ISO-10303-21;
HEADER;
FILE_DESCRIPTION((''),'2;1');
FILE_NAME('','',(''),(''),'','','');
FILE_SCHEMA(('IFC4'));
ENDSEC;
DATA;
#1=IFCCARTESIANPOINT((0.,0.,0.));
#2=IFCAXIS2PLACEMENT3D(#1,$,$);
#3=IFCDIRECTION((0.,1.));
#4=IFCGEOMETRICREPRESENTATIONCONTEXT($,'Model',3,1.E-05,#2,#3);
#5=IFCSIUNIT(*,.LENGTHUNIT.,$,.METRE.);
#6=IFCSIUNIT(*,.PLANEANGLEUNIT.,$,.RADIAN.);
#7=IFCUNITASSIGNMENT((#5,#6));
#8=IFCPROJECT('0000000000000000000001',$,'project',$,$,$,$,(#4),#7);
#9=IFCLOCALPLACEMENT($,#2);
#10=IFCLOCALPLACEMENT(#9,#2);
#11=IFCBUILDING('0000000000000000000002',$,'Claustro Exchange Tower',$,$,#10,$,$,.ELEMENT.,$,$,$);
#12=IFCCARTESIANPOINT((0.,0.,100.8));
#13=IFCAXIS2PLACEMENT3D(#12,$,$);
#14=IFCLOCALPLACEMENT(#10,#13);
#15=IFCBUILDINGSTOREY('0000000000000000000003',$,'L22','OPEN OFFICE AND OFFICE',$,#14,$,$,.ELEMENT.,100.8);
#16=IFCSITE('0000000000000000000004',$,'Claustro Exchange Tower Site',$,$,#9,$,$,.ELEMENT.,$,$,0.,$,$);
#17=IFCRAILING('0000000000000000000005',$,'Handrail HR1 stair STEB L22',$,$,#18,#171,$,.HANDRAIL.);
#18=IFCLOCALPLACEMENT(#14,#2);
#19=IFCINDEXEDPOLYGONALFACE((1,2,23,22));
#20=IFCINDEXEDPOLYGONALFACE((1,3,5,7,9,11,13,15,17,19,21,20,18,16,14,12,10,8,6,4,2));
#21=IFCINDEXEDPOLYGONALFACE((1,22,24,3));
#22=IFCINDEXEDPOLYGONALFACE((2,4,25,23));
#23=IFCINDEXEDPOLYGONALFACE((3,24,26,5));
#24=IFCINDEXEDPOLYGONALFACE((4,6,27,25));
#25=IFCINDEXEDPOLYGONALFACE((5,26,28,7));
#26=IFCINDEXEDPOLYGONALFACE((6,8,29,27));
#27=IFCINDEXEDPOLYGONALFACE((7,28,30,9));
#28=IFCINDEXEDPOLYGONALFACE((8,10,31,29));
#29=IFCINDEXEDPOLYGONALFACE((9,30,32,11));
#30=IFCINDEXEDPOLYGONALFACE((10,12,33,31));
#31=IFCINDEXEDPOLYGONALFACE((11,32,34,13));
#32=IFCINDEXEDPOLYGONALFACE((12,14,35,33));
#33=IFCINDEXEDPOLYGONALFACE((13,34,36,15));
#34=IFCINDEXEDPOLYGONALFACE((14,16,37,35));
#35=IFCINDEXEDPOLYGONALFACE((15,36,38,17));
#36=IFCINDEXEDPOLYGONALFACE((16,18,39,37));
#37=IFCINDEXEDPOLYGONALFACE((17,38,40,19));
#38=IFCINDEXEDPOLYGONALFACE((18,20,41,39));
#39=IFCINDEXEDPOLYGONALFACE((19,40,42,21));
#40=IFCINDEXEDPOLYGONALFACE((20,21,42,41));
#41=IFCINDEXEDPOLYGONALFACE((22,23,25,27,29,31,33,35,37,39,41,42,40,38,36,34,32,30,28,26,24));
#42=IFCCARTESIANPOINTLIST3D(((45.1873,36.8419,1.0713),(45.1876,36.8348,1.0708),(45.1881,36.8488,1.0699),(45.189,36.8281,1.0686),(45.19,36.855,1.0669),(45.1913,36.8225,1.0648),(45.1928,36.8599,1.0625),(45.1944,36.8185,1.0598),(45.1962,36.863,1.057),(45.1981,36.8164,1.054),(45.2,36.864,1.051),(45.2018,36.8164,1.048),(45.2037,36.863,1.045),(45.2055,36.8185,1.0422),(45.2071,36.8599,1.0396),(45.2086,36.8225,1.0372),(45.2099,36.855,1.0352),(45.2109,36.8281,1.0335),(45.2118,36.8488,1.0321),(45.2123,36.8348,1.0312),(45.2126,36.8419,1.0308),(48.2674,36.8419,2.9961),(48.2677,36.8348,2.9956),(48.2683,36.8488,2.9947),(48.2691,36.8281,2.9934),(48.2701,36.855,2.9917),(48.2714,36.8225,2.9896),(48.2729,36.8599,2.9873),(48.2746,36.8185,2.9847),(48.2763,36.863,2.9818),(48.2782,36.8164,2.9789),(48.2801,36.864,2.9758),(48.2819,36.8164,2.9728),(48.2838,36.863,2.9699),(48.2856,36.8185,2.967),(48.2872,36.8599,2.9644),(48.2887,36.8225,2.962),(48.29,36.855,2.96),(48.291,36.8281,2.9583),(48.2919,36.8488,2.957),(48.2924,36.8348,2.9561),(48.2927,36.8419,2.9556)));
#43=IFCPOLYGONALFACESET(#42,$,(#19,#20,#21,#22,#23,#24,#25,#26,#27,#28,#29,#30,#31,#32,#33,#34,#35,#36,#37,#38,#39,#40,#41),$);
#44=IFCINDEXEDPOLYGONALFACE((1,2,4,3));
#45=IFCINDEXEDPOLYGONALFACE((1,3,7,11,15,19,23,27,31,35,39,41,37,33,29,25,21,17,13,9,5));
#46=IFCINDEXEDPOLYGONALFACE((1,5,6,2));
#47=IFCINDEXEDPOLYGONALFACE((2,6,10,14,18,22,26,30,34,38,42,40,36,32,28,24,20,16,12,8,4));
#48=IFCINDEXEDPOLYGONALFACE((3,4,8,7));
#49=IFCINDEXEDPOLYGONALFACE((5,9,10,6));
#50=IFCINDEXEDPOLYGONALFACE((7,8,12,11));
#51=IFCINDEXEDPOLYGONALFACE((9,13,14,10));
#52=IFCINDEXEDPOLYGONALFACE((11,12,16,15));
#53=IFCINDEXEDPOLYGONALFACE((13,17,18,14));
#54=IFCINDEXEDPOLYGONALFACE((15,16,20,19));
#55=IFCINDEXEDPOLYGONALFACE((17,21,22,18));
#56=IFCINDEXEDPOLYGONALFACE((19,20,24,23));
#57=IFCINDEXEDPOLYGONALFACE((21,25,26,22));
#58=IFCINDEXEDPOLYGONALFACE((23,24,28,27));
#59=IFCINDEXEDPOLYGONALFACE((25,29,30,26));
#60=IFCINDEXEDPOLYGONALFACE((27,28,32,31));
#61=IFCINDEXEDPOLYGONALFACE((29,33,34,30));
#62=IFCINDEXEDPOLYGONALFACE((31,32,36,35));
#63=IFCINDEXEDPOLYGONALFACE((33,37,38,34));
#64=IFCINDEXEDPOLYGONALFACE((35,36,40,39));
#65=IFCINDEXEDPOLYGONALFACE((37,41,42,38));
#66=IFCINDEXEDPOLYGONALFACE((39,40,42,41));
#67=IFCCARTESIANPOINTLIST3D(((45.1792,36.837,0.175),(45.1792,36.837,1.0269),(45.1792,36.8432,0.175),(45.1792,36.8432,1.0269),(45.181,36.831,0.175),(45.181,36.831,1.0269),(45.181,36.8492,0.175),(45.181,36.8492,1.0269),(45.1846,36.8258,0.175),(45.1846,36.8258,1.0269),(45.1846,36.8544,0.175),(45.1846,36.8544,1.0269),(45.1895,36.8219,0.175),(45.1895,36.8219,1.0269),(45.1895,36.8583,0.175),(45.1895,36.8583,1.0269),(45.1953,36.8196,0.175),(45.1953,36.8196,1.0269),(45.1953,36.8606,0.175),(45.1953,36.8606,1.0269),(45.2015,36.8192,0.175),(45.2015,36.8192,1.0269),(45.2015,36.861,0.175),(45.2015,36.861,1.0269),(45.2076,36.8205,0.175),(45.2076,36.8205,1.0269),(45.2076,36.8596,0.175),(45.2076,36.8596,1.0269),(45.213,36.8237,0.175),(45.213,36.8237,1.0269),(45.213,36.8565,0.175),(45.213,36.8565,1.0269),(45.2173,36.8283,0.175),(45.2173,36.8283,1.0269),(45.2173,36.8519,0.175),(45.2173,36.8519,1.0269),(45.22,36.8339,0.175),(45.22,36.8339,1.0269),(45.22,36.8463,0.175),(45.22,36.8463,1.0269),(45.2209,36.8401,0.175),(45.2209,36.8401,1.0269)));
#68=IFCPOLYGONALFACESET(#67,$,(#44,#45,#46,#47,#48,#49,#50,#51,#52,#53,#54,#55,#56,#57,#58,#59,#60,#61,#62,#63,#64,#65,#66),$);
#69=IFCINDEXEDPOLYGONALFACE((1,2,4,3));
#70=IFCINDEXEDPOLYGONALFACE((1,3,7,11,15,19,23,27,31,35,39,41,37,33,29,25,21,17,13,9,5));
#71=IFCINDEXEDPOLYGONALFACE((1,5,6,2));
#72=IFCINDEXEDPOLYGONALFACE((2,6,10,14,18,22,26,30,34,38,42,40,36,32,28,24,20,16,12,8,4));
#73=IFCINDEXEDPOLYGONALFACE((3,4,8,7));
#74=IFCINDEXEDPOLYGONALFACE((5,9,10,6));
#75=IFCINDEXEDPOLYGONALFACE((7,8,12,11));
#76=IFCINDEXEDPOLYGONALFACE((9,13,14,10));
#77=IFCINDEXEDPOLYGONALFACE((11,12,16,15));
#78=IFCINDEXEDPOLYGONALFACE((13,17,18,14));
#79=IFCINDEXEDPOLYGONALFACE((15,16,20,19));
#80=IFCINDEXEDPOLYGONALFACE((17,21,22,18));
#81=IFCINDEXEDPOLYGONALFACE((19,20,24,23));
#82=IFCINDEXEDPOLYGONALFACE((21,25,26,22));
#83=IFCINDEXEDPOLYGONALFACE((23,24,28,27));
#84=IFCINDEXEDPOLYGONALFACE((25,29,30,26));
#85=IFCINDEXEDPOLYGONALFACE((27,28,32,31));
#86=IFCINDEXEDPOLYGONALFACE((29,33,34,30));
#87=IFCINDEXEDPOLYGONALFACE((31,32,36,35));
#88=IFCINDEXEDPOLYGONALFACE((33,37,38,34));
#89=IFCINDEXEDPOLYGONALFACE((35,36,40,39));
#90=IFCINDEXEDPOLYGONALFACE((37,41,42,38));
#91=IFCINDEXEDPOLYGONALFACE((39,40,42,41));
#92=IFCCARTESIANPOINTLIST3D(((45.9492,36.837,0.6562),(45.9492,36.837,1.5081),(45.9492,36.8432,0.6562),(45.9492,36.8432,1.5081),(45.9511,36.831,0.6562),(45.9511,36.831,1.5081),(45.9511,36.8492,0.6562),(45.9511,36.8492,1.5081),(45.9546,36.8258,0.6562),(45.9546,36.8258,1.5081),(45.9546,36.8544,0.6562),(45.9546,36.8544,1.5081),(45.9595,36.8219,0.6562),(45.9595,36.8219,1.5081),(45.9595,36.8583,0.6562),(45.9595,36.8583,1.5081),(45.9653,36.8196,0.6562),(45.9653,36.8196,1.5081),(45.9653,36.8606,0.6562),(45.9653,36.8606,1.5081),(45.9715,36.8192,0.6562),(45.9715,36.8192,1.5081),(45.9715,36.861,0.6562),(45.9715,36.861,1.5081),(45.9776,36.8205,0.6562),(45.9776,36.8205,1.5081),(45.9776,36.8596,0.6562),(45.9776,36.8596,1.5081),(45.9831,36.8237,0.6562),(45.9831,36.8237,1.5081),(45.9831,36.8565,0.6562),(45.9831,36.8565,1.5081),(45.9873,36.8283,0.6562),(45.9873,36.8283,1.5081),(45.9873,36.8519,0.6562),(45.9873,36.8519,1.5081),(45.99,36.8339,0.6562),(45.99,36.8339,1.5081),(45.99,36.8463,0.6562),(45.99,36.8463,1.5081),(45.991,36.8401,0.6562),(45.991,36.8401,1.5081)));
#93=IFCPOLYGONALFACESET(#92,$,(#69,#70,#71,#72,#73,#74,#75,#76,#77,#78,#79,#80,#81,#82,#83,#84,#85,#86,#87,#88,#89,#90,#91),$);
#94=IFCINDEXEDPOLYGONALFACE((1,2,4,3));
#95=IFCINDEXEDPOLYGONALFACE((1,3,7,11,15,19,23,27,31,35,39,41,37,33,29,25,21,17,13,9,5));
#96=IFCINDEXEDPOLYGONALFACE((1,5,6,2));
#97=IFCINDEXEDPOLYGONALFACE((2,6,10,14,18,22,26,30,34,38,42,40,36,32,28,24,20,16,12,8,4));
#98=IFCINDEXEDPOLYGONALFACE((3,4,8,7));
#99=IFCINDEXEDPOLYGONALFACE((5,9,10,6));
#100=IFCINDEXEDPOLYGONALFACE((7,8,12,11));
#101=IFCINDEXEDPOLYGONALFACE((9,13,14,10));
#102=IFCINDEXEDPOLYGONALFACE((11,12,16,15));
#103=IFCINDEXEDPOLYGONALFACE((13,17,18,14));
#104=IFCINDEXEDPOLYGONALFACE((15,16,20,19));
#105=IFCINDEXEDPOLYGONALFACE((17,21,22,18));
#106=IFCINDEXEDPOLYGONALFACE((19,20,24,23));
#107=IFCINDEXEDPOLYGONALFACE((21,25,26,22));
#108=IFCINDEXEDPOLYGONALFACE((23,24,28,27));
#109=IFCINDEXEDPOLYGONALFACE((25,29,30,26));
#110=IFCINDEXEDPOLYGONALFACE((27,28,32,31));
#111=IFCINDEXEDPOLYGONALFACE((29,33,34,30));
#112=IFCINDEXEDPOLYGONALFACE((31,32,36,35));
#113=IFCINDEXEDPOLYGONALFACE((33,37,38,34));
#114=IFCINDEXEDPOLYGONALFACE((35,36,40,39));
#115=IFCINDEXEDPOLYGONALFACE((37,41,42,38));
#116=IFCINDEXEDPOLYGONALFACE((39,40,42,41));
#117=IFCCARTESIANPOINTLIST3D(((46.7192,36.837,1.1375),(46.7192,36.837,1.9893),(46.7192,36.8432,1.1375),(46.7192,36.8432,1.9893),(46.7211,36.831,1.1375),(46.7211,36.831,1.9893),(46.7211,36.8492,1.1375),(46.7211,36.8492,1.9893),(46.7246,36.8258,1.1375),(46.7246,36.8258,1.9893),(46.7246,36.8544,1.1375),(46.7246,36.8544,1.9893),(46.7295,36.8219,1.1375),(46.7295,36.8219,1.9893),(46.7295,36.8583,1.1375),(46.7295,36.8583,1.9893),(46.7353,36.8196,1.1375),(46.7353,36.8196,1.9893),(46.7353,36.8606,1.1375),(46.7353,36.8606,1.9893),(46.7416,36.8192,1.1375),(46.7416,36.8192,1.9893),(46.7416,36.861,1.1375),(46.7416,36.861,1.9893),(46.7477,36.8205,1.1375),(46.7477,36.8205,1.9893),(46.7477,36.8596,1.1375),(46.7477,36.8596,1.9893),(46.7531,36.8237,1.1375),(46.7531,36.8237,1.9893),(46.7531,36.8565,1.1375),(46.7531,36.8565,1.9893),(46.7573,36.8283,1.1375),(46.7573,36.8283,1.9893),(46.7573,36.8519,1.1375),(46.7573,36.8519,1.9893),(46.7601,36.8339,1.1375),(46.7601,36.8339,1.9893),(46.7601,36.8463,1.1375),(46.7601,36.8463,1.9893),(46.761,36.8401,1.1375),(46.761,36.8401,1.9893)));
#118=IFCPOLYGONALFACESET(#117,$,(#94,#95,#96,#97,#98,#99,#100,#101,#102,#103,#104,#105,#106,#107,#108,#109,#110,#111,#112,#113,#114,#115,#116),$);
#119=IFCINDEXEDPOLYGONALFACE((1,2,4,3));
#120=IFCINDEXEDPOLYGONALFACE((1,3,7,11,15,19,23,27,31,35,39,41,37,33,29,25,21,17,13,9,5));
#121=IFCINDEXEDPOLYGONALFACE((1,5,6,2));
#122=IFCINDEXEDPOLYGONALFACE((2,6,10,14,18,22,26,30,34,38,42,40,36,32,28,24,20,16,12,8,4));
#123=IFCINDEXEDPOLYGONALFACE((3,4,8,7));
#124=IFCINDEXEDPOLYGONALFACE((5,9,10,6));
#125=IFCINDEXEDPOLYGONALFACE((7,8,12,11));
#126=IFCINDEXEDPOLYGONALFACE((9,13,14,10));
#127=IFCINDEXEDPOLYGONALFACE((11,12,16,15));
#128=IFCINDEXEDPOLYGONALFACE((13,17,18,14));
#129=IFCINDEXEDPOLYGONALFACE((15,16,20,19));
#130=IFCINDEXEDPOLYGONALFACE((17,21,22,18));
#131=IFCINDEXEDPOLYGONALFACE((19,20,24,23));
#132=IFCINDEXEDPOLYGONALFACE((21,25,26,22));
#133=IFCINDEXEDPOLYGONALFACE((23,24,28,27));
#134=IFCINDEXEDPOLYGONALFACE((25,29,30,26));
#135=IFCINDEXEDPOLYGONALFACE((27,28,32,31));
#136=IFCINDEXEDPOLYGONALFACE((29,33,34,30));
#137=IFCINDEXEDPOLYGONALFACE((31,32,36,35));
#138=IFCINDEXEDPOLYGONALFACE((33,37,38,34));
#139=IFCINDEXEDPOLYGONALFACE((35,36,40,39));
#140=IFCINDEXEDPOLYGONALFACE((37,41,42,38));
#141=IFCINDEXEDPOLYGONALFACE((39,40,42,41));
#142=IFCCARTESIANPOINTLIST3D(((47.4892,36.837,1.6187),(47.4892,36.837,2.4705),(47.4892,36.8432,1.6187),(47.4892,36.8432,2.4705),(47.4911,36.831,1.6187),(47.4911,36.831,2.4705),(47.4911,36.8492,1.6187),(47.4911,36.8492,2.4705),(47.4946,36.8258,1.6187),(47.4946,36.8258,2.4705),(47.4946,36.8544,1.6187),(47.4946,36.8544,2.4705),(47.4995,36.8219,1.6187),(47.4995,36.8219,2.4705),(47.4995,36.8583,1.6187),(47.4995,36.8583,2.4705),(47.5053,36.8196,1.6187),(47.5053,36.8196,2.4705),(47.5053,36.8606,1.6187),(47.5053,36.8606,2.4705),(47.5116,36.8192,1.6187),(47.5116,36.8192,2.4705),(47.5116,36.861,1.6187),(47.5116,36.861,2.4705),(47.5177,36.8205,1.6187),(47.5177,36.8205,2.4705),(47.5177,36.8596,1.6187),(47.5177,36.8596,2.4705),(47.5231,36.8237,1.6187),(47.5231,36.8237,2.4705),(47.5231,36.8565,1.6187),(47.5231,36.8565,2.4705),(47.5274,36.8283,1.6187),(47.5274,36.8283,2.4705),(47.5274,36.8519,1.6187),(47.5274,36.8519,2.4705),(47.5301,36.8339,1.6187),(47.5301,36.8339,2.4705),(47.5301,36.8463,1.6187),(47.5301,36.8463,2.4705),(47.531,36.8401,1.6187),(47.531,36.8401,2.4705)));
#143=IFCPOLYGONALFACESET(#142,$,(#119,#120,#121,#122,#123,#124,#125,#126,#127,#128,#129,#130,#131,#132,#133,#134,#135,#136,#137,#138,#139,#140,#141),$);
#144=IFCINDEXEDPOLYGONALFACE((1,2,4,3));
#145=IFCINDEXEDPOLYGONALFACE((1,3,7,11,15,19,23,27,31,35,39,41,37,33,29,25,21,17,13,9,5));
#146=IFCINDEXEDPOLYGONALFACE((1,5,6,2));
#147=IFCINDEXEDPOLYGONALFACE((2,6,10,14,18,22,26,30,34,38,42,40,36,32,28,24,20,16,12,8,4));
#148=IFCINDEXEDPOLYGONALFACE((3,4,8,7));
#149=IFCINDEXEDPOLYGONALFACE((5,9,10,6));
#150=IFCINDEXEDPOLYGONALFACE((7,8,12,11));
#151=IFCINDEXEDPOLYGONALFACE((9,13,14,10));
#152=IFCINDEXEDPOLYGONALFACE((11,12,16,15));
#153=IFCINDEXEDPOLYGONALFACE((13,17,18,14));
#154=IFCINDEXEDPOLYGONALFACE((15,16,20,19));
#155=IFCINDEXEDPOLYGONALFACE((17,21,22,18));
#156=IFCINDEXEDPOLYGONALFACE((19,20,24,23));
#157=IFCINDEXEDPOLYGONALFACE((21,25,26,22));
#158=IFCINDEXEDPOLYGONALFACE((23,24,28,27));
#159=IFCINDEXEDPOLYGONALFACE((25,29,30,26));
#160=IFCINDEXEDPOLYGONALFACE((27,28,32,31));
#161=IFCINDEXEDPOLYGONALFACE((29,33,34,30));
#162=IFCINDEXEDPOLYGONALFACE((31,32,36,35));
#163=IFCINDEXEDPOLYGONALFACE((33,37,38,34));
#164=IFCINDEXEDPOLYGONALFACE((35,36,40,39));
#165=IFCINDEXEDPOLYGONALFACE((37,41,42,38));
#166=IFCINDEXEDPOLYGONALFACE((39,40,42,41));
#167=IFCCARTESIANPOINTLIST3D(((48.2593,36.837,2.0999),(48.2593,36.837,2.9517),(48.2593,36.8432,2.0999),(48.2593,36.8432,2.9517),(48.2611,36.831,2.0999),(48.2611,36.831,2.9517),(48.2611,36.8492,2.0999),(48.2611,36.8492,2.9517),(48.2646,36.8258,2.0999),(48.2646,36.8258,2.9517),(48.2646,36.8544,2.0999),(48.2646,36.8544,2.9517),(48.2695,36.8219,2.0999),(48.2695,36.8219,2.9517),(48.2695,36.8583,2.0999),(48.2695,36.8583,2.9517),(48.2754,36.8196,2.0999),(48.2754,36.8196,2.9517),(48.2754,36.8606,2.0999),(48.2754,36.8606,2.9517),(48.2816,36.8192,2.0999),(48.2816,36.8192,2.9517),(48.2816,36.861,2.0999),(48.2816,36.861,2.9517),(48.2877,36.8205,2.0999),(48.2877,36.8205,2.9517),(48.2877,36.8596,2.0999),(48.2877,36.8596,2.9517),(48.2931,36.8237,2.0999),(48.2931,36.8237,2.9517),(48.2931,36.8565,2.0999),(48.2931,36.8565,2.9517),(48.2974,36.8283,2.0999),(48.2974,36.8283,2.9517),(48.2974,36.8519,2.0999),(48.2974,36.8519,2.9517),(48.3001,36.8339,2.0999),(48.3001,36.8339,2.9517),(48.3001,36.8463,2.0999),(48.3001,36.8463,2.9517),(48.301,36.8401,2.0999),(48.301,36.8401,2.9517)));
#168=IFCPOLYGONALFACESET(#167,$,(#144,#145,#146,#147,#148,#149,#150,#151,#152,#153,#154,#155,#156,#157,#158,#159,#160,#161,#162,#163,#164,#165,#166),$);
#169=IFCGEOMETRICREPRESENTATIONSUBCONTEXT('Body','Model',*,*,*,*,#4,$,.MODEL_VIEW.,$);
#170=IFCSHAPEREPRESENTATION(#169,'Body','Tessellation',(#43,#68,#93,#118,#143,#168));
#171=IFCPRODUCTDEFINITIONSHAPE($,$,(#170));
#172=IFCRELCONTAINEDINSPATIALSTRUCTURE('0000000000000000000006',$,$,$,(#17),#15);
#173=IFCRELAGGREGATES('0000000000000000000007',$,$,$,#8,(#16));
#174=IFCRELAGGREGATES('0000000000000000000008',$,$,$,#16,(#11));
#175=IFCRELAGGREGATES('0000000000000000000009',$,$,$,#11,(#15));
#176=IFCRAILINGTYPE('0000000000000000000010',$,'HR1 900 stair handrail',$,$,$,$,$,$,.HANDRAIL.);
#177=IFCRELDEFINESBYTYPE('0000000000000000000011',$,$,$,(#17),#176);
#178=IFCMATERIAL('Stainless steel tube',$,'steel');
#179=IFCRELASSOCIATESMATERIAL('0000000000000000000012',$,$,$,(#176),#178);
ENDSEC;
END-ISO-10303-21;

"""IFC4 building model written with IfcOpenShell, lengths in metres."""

from ifc_helpers import new_model, si_unit, direction, frame, origin, origin_2d, place, context, subcontext, project, spatial, circle, extrude, material, type_object, element, save


model = new_model("IFC4")

# Units and contexts
model_context = context("Model", 3, precision=1e-05, world=origin(), true_north=direction((0.0, 1.0)))
body_context = subcontext(model_context, "Body", "Model", "MODEL_VIEW")
ifc_project = project(units=[si_unit("LENGTHUNIT", "METRE"), si_unit("PLANEANGLEUNIT", "RADIAN")], contexts=[model_context])

# Site, building, storey
site_placement = place(None, origin())
site = spatial("IfcSite", under=ifc_project, at=site_placement, Name="Claustro Exchange Tower Site", CompositionType="ELEMENT", RefElevation=0.0)
building_placement = place(site_placement, origin())
building = spatial("IfcBuilding", under=site, at=building_placement, Name="Claustro Exchange Tower", CompositionType="ELEMENT")
storey_placement = place(building_placement, frame((0.0, 0.0, 100.8)))
storey = spatial("IfcBuildingStorey", under=building, at=storey_placement, Name="L22", Description="OPEN OFFICE AND OFFICE", CompositionType="ELEMENT", Elevation=100.8)

# Railing
ifc_material_1 = material(Name="Stainless steel tube", Category="steel")
railing_type_1 = type_object("IfcRailingType", Name="HR1 900 stair handrail", PredefinedType="HANDRAIL", material=ifc_material_1)
railing_1_placement = place(storey_placement, frame((45.2, 36.8401, 0.175)))
element("IfcRailing", 1, at=railing_1_placement, inside=storey, type_object=railing_type_1, Name="Handrail HR1 stair STEB L22", PredefinedType="HANDRAIL", context=body_context, shape_type="SweptSolid", body=[
    extrude(circle(Radius=0.0239, at=origin_2d()), frame((0.0, 0.0, 0.876), z_axis=(0.848029, 0.0, 0.529951), x_axis=(0.0, 1.0, 0.0)), (0.0, 0.0, 1.0), 3.6321),
    extrude(circle(Radius=0.021, at=origin_2d()), origin(), (0.0, 0.0, 1.0), 0.8518),
    extrude(circle(Radius=0.021, at=origin_2d()), frame((0.77, 0.0, 0.4812)), (0.0, 0.0, 1.0), 0.8518),
    extrude(circle(Radius=0.021, at=origin_2d()), frame((1.54, 0.0, 0.9624)), (0.0, 0.0, 1.0), 0.8518),
    extrude(circle(Radius=0.021, at=origin_2d()), frame((2.3101, 0.0, 1.4436)), (0.0, 0.0, 1.0), 0.8518),
    extrude(circle(Radius=0.021, at=origin_2d()), frame((3.0801, 0.0, 1.9248)), (0.0, 0.0, 1.0), 0.8518),
])

save(model, "model.ifc")
